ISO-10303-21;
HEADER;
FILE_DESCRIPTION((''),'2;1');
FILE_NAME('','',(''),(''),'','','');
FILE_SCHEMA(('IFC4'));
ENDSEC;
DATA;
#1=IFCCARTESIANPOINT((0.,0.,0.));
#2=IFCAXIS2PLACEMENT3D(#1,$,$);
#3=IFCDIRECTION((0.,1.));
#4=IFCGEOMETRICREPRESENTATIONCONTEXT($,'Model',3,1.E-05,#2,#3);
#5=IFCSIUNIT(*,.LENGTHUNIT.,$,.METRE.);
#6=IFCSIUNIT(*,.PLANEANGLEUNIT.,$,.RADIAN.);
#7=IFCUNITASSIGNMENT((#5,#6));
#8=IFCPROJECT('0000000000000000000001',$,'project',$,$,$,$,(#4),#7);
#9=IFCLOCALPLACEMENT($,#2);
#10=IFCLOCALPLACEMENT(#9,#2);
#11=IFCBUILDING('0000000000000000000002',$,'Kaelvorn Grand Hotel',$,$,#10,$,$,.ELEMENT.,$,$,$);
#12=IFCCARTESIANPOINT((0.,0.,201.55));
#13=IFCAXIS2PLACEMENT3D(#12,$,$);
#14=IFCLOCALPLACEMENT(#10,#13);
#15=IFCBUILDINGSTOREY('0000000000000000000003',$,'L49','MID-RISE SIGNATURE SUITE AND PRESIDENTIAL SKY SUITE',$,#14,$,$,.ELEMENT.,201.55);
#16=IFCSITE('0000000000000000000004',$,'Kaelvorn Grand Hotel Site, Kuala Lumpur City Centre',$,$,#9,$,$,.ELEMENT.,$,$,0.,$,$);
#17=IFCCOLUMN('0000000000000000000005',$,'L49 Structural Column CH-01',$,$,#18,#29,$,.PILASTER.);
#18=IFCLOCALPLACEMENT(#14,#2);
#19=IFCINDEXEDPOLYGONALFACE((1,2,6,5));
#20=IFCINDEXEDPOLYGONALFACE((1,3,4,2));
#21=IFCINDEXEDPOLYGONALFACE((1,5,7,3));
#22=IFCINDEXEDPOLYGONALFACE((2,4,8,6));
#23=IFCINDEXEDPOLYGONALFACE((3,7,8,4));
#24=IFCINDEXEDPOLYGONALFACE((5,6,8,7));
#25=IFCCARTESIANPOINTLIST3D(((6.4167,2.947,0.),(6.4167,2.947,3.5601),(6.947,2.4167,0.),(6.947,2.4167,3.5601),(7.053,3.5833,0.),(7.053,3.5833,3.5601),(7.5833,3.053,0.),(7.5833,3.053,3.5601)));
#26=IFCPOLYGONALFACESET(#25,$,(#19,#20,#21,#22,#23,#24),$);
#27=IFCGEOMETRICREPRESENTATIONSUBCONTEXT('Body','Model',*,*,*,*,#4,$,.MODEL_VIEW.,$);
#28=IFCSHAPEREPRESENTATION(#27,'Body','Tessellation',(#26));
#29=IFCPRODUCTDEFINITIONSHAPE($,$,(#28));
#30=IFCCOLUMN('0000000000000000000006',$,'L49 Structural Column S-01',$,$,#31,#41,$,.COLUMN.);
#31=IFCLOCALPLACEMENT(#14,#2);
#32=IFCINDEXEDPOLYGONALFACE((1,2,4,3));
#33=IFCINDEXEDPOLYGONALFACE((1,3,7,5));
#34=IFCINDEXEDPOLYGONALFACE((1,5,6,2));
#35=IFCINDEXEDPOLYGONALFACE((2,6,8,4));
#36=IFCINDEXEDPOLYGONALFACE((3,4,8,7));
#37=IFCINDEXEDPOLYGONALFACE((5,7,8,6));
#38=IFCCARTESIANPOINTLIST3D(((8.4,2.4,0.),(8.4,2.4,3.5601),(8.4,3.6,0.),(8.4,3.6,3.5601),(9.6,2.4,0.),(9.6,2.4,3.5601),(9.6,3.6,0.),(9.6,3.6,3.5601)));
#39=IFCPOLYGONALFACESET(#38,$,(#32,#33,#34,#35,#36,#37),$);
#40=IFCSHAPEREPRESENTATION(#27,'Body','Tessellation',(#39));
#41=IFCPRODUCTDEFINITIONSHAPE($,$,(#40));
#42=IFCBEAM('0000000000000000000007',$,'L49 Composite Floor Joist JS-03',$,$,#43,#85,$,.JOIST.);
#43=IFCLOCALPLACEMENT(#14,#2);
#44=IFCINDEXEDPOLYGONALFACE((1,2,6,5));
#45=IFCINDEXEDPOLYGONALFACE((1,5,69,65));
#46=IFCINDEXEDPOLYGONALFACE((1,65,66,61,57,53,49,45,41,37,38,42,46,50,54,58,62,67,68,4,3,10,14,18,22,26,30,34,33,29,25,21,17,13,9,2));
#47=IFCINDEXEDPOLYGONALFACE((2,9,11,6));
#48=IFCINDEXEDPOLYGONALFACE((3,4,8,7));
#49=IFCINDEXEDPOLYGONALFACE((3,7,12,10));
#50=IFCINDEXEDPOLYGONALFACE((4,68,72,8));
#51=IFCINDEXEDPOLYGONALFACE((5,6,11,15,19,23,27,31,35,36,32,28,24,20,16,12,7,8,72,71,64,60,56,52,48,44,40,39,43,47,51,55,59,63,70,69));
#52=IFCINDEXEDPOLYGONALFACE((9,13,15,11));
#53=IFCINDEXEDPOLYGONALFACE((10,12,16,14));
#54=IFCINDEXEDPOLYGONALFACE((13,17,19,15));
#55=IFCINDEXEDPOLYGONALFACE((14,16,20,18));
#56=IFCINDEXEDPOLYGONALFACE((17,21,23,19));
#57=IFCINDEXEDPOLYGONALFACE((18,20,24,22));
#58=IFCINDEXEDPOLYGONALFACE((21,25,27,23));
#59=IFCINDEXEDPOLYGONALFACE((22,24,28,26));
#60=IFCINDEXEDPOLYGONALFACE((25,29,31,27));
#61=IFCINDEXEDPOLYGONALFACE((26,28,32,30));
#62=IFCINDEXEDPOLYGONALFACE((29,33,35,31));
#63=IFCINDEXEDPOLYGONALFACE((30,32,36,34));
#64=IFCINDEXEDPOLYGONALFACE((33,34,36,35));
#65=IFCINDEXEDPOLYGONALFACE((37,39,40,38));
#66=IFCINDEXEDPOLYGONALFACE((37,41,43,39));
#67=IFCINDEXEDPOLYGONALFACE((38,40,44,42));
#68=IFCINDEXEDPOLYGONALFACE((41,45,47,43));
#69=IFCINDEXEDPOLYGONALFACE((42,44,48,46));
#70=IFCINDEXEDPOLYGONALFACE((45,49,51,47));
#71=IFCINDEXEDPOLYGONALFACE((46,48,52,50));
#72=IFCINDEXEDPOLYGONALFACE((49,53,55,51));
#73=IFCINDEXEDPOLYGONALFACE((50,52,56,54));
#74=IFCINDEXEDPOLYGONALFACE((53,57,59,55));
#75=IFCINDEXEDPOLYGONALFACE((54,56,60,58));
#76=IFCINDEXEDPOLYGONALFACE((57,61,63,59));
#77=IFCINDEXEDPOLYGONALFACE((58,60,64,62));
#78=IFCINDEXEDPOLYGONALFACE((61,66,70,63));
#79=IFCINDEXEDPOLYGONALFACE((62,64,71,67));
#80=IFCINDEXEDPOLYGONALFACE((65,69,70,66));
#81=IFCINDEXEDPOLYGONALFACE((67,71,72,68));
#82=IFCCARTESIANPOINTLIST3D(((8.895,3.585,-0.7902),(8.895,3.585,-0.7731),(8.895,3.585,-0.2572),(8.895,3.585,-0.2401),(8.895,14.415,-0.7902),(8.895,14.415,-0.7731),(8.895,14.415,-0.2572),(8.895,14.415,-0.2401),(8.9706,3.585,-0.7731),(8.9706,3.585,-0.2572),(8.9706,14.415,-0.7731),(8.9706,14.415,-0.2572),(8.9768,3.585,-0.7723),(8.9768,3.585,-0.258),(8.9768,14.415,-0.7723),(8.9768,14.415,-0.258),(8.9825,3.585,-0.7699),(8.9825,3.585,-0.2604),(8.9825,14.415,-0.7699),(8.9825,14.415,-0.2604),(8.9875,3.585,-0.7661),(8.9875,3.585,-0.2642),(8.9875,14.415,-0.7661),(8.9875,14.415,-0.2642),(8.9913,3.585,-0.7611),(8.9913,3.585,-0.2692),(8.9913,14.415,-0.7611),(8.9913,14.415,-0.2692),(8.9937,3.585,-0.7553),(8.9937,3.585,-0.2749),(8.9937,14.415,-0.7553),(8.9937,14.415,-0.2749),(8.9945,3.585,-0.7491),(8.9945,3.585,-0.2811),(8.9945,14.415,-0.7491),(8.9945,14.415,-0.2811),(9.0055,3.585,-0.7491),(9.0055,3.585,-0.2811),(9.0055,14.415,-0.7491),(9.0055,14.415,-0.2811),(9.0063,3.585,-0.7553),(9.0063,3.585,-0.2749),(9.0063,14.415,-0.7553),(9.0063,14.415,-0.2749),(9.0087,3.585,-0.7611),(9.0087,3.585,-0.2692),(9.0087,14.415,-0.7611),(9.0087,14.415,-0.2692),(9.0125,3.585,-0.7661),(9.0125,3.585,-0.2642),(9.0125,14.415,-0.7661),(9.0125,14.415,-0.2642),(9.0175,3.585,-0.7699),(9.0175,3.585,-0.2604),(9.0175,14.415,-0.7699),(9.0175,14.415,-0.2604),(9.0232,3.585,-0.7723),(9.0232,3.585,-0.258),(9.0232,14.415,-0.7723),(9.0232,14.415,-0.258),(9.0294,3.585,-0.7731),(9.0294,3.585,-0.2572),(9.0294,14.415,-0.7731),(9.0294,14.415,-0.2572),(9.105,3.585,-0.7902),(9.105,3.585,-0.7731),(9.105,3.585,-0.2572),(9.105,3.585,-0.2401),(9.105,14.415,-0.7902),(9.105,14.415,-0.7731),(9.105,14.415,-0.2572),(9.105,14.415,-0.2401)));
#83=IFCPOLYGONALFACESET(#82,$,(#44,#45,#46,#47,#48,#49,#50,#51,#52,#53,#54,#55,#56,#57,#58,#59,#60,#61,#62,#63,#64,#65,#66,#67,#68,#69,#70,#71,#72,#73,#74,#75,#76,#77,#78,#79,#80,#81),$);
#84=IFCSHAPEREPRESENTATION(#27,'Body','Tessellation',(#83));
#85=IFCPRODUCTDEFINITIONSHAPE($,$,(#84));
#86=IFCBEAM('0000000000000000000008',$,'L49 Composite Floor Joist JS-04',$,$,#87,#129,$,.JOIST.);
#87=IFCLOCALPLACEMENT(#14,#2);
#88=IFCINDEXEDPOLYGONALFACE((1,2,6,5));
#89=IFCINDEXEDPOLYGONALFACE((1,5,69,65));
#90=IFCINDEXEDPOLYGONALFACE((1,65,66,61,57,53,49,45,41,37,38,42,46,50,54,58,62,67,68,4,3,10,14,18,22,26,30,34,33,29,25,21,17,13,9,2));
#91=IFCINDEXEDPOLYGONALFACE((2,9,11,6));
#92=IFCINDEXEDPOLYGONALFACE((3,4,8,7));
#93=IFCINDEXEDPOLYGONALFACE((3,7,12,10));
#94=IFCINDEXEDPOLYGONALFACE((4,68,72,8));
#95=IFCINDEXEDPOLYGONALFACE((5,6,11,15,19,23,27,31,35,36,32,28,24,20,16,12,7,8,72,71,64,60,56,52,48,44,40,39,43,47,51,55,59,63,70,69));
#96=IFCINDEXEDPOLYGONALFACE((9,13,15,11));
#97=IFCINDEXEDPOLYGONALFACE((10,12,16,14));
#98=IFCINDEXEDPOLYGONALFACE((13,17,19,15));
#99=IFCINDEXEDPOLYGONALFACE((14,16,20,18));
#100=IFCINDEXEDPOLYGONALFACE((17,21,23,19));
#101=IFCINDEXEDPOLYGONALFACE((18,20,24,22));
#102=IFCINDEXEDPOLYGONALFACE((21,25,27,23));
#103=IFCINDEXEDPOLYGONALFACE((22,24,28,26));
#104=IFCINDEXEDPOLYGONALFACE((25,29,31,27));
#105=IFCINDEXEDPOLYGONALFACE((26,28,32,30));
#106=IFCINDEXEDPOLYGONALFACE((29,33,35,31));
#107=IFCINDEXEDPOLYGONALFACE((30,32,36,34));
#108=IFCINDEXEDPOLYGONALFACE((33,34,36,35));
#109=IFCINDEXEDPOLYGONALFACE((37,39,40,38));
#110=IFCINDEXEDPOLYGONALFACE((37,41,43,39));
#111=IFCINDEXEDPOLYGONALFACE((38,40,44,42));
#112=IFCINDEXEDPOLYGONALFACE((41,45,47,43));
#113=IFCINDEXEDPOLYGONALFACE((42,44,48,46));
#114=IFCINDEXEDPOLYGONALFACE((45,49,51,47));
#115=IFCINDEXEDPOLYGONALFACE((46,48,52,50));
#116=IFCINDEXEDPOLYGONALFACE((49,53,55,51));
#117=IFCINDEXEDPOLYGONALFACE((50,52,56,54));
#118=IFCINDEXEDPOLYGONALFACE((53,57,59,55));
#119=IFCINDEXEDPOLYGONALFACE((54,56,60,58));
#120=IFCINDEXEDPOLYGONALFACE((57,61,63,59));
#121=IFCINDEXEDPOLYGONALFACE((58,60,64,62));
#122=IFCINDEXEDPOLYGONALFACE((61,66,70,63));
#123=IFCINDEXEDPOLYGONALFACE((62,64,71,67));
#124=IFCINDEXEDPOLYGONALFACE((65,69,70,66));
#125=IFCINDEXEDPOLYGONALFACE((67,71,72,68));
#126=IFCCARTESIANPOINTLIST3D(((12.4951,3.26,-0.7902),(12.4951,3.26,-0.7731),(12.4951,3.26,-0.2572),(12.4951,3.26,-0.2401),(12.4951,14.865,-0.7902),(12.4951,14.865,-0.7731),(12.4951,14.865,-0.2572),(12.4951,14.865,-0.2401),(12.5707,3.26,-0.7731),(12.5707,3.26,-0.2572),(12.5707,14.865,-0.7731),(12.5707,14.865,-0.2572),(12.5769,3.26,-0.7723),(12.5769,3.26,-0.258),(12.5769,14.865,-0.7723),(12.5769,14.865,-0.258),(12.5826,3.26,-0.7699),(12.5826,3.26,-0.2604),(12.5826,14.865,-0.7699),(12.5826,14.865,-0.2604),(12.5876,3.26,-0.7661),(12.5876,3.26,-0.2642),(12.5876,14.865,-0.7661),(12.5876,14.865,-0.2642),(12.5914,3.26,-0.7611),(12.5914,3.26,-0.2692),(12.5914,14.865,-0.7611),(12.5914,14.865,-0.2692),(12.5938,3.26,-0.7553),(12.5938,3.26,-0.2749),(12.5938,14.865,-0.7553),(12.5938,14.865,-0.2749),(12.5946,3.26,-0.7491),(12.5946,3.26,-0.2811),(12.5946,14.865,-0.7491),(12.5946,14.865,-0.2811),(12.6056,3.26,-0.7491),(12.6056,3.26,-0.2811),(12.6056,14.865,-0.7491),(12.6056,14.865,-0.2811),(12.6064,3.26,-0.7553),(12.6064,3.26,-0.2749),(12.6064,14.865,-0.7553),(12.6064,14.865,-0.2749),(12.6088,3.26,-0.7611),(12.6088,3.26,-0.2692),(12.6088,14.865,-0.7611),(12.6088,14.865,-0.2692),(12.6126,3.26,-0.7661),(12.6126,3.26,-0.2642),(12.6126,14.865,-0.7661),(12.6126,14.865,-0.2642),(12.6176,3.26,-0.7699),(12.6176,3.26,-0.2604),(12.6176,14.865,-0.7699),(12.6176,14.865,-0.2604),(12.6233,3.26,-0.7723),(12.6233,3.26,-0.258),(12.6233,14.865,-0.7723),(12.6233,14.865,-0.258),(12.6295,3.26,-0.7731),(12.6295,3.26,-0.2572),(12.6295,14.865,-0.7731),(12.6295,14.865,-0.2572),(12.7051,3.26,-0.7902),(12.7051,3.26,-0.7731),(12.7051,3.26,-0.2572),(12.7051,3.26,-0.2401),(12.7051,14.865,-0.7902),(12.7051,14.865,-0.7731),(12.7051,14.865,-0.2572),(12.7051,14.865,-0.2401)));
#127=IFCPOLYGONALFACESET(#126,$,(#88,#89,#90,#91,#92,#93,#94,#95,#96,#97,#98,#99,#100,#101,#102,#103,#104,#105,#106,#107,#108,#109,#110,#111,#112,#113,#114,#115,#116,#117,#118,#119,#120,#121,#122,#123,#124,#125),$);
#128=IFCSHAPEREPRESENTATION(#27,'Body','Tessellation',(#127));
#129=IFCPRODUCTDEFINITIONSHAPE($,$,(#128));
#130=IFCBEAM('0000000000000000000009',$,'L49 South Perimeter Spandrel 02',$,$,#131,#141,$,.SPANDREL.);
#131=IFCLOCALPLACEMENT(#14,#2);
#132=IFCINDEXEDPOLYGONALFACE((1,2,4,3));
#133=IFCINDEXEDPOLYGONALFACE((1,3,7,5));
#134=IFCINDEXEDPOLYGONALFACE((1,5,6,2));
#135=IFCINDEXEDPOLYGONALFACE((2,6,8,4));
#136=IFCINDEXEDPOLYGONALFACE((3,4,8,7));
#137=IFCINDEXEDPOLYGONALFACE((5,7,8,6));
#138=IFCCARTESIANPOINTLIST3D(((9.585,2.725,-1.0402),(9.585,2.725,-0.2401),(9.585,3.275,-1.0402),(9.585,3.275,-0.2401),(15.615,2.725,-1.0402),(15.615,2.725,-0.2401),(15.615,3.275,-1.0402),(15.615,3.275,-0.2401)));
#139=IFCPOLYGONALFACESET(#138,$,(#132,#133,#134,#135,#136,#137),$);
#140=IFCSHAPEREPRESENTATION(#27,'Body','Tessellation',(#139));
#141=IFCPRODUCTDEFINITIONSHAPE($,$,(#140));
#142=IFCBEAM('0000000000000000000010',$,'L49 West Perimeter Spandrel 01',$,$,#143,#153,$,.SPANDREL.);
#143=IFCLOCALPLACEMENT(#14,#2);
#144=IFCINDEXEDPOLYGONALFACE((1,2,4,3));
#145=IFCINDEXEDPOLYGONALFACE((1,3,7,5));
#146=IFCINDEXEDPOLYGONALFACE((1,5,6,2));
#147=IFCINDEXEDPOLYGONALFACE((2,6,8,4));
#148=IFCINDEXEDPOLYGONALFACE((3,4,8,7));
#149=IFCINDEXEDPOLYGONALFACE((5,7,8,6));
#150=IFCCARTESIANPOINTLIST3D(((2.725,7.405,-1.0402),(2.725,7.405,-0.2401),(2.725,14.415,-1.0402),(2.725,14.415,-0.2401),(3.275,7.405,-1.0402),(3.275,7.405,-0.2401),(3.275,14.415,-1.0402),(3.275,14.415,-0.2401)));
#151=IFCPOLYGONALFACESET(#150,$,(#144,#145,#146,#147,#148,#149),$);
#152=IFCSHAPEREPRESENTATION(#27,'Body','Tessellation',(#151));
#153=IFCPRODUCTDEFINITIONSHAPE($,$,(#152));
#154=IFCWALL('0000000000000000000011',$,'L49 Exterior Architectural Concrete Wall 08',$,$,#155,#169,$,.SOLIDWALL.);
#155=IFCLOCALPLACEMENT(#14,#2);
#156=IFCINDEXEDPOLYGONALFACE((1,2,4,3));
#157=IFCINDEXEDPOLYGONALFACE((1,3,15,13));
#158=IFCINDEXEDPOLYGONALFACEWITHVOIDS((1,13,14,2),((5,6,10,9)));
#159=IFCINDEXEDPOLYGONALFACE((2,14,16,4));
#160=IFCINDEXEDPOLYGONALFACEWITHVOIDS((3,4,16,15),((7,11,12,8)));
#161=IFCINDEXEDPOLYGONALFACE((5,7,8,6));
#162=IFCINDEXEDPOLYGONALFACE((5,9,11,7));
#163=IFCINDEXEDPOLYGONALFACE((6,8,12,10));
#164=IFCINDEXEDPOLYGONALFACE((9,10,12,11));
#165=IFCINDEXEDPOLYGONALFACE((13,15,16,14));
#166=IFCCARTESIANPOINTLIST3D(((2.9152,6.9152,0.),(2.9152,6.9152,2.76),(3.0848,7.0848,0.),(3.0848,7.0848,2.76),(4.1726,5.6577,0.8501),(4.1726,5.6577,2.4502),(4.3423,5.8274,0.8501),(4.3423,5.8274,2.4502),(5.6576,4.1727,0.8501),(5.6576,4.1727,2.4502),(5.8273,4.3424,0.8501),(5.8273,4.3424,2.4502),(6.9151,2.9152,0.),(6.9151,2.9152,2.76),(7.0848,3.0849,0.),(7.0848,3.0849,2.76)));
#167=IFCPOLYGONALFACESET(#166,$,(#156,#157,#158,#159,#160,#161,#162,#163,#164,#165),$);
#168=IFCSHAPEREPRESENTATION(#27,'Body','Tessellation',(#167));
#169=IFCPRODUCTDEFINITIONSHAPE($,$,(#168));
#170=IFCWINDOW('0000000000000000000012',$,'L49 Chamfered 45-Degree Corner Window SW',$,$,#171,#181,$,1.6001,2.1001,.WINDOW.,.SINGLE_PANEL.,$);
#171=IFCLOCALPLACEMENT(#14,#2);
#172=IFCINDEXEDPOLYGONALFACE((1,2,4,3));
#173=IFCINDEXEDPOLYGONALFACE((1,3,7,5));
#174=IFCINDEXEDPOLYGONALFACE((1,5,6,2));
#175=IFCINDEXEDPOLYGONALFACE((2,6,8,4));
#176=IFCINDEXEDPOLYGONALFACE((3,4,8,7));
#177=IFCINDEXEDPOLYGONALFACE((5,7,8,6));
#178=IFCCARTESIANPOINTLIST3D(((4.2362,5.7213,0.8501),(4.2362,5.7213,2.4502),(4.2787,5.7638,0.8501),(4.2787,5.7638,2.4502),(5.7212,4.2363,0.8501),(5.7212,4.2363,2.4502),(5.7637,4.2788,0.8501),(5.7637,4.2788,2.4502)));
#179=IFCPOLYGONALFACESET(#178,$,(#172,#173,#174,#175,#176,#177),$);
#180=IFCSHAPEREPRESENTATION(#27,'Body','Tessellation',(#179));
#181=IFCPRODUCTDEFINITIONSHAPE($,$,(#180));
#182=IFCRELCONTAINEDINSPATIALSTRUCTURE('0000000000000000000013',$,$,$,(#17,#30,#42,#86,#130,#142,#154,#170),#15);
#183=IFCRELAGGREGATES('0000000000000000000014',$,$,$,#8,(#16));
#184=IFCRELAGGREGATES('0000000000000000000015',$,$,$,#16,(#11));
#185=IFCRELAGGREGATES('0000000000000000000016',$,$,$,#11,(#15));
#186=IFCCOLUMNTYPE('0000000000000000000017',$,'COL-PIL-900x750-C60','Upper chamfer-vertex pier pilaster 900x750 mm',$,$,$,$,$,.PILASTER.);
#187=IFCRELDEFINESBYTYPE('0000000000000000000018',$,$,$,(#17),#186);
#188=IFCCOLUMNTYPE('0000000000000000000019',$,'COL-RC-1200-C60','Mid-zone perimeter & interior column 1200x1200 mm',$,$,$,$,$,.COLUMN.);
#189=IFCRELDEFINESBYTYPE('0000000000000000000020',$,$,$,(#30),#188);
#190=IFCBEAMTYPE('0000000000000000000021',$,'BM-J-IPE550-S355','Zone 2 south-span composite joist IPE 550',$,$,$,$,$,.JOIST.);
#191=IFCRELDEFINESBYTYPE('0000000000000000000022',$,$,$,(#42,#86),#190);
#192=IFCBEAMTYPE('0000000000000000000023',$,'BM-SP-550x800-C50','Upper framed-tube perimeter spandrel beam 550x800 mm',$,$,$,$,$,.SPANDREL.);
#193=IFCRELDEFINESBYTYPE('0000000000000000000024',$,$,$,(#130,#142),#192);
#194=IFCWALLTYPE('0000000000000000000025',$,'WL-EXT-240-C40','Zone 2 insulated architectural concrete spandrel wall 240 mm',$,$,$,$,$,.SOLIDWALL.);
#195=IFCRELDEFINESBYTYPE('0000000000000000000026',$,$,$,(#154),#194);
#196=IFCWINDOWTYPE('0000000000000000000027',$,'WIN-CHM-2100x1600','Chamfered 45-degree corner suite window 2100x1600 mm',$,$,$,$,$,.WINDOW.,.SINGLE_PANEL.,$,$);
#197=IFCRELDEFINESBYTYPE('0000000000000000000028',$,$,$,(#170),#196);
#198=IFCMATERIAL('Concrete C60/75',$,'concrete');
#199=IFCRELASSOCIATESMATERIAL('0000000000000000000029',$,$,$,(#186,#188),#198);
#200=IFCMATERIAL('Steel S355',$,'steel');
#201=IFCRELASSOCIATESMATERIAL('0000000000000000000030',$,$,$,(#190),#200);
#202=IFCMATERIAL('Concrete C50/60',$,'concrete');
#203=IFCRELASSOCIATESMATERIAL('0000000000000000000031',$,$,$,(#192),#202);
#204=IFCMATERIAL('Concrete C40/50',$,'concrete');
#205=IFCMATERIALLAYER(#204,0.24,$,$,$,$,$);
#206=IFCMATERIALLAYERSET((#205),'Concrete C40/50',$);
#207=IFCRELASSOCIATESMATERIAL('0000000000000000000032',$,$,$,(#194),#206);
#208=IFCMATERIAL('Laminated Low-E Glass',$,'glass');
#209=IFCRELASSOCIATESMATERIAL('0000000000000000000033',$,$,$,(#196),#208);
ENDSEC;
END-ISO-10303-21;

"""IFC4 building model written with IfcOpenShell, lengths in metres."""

from ifc_helpers import new_model, si_unit, direction, frame, frame_2d, origin, origin_2d, place, context, subcontext, project, spatial, rectangle, i_section, extrude, material, layer, layer_set, material_profile, profile_set, type_object, element, fill, save


model = new_model("IFC4")

# Units and contexts
model_context = context("Model", 3, precision=1e-05, world=origin(), true_north=direction((0.0, 1.0)))
body_context = subcontext(model_context, "Body", "Model", "MODEL_VIEW")
ifc_project = project(units=[si_unit("LENGTHUNIT", "METRE"), si_unit("PLANEANGLEUNIT", "RADIAN")], contexts=[model_context])

# Site, building, storey
site_placement = place(None, origin())
site = spatial("IfcSite", under=ifc_project, at=site_placement, Name="Kaelvorn Grand Hotel Site, Kuala Lumpur City Centre", CompositionType="ELEMENT", RefElevation=0.0)
building_placement = place(site_placement, origin())
building = spatial("IfcBuilding", under=site, at=building_placement, Name="Kaelvorn Grand Hotel", CompositionType="ELEMENT")
storey_placement = place(building_placement, frame((0.0, 0.0, 201.55)))
storey = spatial("IfcBuildingStorey", under=building, at=storey_placement, Name="L49", Description="MID-RISE SIGNATURE SUITE AND PRESIDENTIAL SKY SUITE", CompositionType="ELEMENT", Elevation=201.55)

# Columns
ifc_material_1 = material(Name="Concrete C60/75", Category="concrete")
ifc_material_profile_1 = material_profile(ifc_material_1, rectangle(XDim=0.8999, YDim=0.75, at=origin_2d()), Name="RC PILASTER 900x750")
ifc_profile_set_1 = profile_set([ifc_material_profile_1], Name="Concrete C60/75")
column_type_1 = type_object("IfcColumnType", Name="COL-PIL-900x750-C60", Description="Upper chamfer-vertex pier pilaster 900x750 mm", PredefinedType="PILASTER", material=ifc_profile_set_1)
column_1_placement = place(storey_placement, frame((7.0, 3.0, 0.0), z_axis=(0.0, 0.0, 1.0), x_axis=(0.707107, 0.707107, 0.0)))
element("IfcColumn", 1, at=column_1_placement, inside=storey, type_object=column_type_1, Name="L49 Structural Column CH-01", PredefinedType="PILASTER", context=body_context, shape_type="SweptSolid", body=[
    extrude(rectangle(XDim=0.8999, YDim=0.75, at=origin_2d()), origin(), (0.0, 0.0, 1.0), 3.5601),
])
ifc_material_profile_2 = material_profile(ifc_material_1, rectangle(XDim=1.2, YDim=1.2, at=origin_2d()), Name="RC COL 1200x1200")
ifc_profile_set_2 = profile_set([ifc_material_profile_2], Name="Concrete C60/75")
column_type_2 = type_object("IfcColumnType", Name="COL-RC-1200-C60", Description="Mid-zone perimeter & interior column 1200x1200 mm", PredefinedType="COLUMN", material=ifc_profile_set_2)
column_2_placement = place(storey_placement, frame((9.0, 3.0, 0.0), z_axis=(0.0, 0.0, 1.0), x_axis=(1.0, 0.0, 0.0)))
element("IfcColumn", 2, at=column_2_placement, inside=storey, type_object=column_type_2, Name="L49 Structural Column S-01", PredefinedType="COLUMN", context=body_context, shape_type="SweptSolid", body=[
    extrude(rectangle(XDim=1.2, YDim=1.2, at=origin_2d()), origin(), (0.0, 0.0, 1.0), 3.5601),
])

# Beams
ifc_material_2 = material(Name="Steel S355", Category="steel")
ifc_material_profile_3 = material_profile(ifc_material_2, i_section(OverallWidth=0.21, OverallDepth=0.55, WebThickness=0.011, FlangeThickness=0.0171, FilletRadius=0.0239, at=origin_2d()), Name="IPE 550")
ifc_profile_set_3 = profile_set([ifc_material_profile_3], Name="Steel S355")
beam_type_1 = type_object("IfcBeamType", Name="BM-J-IPE550-S355", Description="Zone 2 south-span composite joist IPE 550", PredefinedType="JOIST", material=ifc_profile_set_3)
beam_1_placement = place(storey_placement, frame((9.0, 3.585, -0.5151), z_axis=(0.0, 1.0, 0.0), x_axis=(-1.0, 0.0, 0.0)))
element("IfcBeam", 3, at=beam_1_placement, inside=storey, type_object=beam_type_1, Name="L49 Composite Floor Joist JS-03", PredefinedType="JOIST", context=body_context, shape_type="SweptSolid", body=[
    extrude(i_section(OverallWidth=0.21, OverallDepth=0.55, WebThickness=0.011, FlangeThickness=0.0171, FilletRadius=0.0239, at=origin_2d()), origin(), (0.0, 0.0, 1.0), 10.8301),
])
beam_2_placement = place(storey_placement, frame((12.6001, 3.26, -0.5151), z_axis=(0.0, 1.0, 0.0), x_axis=(-1.0, 0.0, 0.0)))
element("IfcBeam", 4, at=beam_2_placement, inside=storey, type_object=beam_type_1, Name="L49 Composite Floor Joist JS-04", PredefinedType="JOIST", context=body_context, shape_type="SweptSolid", body=[
    extrude(i_section(OverallWidth=0.21, OverallDepth=0.55, WebThickness=0.011, FlangeThickness=0.0171, FilletRadius=0.0239, at=origin_2d()), origin(), (0.0, 0.0, 1.0), 11.605),
])
ifc_material_3 = material(Name="Concrete C50/60", Category="concrete")
ifc_material_profile_4 = material_profile(ifc_material_3, rectangle(XDim=0.55, YDim=0.8, at=origin_2d()), Name="RC SPANDREL 550x800")
ifc_profile_set_4 = profile_set([ifc_material_profile_4], Name="Concrete C50/60")
beam_type_2 = type_object("IfcBeamType", Name="BM-SP-550x800-C50", Description="Upper framed-tube perimeter spandrel beam 550x800 mm", PredefinedType="SPANDREL", material=ifc_profile_set_4)
beam_3_placement = place(storey_placement, frame((9.585, 3.0, -0.6401), z_axis=(1.0, 0.0, 0.0), x_axis=(0.0, 1.0, 0.0)))
element("IfcBeam", 5, at=beam_3_placement, inside=storey, type_object=beam_type_2, Name="L49 South Perimeter Spandrel 02", PredefinedType="SPANDREL", context=body_context, shape_type="SweptSolid", body=[
    extrude(rectangle(XDim=0.55, YDim=0.8, at=origin_2d()), origin(), (0.0, 0.0, 1.0), 6.03),
])
beam_4_placement = place(storey_placement, frame((3.0, 7.405, -0.6401), z_axis=(0.0, 1.0, 0.0), x_axis=(-1.0, 0.0, 0.0)))
element("IfcBeam", 6, at=beam_4_placement, inside=storey, type_object=beam_type_2, Name="L49 West Perimeter Spandrel 01", PredefinedType="SPANDREL", context=body_context, shape_type="SweptSolid", body=[
    extrude(rectangle(XDim=0.55, YDim=0.8, at=origin_2d()), origin(), (0.0, 0.0, 1.0), 7.01),
])

# Shared definitions
ifc_material_4 = material(Name="Concrete C40/50", Category="concrete")
ifc_layer_1 = layer(ifc_material_4, 0.24)
ifc_layer_set_1 = layer_set([ifc_layer_1], Name="Concrete C40/50")
wall_type_1 = type_object("IfcWallType", Name="WL-EXT-240-C40", Description="Zone 2 insulated architectural concrete spandrel wall 240 mm", PredefinedType="SOLIDWALL", material=ifc_layer_set_1)
ifc_material_5 = material(Name="Laminated Low-E Glass", Category="glass")

# Wall, opening, window
wall_1_placement = place(storey_placement, frame((3.0, 7.0, 0.0), z_axis=(0.0, 0.0, 1.0), x_axis=(0.707107, -0.707107, 0.0)))
wall_1 = element("IfcWall", 7, at=wall_1_placement, inside=storey, type_object=wall_type_1, Name="L49 Exterior Architectural Concrete Wall 08", PredefinedType="SOLIDWALL", context=body_context, shape_type="SweptSolid", body=[
    extrude(rectangle(XDim=5.6567, YDim=0.24, at=frame_2d((2.8284, 0.0))), origin(), (0.0, 0.0, 1.0), 2.76),
])
opening_1_placement = place(wall_1_placement, frame((1.7783, 0.0, 0.8501)))
opening_1 = element("IfcOpeningElement", 8, at=opening_1_placement, cuts=wall_1, PredefinedType="OPENING", context=body_context, shape_type="SweptSolid", body=[
    extrude(rectangle(XDim=2.1001, YDim=1.6001, at=frame_2d((1.05, 0.8))), frame((0.0, 0.1299, 0.0), z_axis=(0.0, -1.0, 0.0), x_axis=(1.0, 0.0, 0.0)), (0.0, 0.0, 1.0), 0.26),
])
window_type_1 = type_object("IfcWindowType", Name="WIN-CHM-2100x1600", Description="Chamfered 45-degree corner suite window 2100x1600 mm", PartitioningType="SINGLE_PANEL", PredefinedType="WINDOW", material=ifc_material_5)
window_1_placement = place(opening_1_placement, origin())
window_1 = element("IfcWindow", 9, at=window_1_placement, inside=storey, type_object=window_type_1, Name="L49 Chamfered 45-Degree Corner Window SW", OverallHeight=1.6001, OverallWidth=2.1001, PartitioningType="SINGLE_PANEL", PredefinedType="WINDOW", context=body_context, shape_type="SweptSolid", body=[
    extrude(rectangle(XDim=2.1001, YDim=1.6001, at=frame_2d((1.05, 0.8))), frame((0.0, 0.03, 0.0), z_axis=(0.0, -1.0, 0.0), x_axis=(1.0, 0.0, 0.0)), (0.0, 0.0, 1.0), 0.0601),
])
fill(opening_1, window_1)

save(model, "model.ifc")
